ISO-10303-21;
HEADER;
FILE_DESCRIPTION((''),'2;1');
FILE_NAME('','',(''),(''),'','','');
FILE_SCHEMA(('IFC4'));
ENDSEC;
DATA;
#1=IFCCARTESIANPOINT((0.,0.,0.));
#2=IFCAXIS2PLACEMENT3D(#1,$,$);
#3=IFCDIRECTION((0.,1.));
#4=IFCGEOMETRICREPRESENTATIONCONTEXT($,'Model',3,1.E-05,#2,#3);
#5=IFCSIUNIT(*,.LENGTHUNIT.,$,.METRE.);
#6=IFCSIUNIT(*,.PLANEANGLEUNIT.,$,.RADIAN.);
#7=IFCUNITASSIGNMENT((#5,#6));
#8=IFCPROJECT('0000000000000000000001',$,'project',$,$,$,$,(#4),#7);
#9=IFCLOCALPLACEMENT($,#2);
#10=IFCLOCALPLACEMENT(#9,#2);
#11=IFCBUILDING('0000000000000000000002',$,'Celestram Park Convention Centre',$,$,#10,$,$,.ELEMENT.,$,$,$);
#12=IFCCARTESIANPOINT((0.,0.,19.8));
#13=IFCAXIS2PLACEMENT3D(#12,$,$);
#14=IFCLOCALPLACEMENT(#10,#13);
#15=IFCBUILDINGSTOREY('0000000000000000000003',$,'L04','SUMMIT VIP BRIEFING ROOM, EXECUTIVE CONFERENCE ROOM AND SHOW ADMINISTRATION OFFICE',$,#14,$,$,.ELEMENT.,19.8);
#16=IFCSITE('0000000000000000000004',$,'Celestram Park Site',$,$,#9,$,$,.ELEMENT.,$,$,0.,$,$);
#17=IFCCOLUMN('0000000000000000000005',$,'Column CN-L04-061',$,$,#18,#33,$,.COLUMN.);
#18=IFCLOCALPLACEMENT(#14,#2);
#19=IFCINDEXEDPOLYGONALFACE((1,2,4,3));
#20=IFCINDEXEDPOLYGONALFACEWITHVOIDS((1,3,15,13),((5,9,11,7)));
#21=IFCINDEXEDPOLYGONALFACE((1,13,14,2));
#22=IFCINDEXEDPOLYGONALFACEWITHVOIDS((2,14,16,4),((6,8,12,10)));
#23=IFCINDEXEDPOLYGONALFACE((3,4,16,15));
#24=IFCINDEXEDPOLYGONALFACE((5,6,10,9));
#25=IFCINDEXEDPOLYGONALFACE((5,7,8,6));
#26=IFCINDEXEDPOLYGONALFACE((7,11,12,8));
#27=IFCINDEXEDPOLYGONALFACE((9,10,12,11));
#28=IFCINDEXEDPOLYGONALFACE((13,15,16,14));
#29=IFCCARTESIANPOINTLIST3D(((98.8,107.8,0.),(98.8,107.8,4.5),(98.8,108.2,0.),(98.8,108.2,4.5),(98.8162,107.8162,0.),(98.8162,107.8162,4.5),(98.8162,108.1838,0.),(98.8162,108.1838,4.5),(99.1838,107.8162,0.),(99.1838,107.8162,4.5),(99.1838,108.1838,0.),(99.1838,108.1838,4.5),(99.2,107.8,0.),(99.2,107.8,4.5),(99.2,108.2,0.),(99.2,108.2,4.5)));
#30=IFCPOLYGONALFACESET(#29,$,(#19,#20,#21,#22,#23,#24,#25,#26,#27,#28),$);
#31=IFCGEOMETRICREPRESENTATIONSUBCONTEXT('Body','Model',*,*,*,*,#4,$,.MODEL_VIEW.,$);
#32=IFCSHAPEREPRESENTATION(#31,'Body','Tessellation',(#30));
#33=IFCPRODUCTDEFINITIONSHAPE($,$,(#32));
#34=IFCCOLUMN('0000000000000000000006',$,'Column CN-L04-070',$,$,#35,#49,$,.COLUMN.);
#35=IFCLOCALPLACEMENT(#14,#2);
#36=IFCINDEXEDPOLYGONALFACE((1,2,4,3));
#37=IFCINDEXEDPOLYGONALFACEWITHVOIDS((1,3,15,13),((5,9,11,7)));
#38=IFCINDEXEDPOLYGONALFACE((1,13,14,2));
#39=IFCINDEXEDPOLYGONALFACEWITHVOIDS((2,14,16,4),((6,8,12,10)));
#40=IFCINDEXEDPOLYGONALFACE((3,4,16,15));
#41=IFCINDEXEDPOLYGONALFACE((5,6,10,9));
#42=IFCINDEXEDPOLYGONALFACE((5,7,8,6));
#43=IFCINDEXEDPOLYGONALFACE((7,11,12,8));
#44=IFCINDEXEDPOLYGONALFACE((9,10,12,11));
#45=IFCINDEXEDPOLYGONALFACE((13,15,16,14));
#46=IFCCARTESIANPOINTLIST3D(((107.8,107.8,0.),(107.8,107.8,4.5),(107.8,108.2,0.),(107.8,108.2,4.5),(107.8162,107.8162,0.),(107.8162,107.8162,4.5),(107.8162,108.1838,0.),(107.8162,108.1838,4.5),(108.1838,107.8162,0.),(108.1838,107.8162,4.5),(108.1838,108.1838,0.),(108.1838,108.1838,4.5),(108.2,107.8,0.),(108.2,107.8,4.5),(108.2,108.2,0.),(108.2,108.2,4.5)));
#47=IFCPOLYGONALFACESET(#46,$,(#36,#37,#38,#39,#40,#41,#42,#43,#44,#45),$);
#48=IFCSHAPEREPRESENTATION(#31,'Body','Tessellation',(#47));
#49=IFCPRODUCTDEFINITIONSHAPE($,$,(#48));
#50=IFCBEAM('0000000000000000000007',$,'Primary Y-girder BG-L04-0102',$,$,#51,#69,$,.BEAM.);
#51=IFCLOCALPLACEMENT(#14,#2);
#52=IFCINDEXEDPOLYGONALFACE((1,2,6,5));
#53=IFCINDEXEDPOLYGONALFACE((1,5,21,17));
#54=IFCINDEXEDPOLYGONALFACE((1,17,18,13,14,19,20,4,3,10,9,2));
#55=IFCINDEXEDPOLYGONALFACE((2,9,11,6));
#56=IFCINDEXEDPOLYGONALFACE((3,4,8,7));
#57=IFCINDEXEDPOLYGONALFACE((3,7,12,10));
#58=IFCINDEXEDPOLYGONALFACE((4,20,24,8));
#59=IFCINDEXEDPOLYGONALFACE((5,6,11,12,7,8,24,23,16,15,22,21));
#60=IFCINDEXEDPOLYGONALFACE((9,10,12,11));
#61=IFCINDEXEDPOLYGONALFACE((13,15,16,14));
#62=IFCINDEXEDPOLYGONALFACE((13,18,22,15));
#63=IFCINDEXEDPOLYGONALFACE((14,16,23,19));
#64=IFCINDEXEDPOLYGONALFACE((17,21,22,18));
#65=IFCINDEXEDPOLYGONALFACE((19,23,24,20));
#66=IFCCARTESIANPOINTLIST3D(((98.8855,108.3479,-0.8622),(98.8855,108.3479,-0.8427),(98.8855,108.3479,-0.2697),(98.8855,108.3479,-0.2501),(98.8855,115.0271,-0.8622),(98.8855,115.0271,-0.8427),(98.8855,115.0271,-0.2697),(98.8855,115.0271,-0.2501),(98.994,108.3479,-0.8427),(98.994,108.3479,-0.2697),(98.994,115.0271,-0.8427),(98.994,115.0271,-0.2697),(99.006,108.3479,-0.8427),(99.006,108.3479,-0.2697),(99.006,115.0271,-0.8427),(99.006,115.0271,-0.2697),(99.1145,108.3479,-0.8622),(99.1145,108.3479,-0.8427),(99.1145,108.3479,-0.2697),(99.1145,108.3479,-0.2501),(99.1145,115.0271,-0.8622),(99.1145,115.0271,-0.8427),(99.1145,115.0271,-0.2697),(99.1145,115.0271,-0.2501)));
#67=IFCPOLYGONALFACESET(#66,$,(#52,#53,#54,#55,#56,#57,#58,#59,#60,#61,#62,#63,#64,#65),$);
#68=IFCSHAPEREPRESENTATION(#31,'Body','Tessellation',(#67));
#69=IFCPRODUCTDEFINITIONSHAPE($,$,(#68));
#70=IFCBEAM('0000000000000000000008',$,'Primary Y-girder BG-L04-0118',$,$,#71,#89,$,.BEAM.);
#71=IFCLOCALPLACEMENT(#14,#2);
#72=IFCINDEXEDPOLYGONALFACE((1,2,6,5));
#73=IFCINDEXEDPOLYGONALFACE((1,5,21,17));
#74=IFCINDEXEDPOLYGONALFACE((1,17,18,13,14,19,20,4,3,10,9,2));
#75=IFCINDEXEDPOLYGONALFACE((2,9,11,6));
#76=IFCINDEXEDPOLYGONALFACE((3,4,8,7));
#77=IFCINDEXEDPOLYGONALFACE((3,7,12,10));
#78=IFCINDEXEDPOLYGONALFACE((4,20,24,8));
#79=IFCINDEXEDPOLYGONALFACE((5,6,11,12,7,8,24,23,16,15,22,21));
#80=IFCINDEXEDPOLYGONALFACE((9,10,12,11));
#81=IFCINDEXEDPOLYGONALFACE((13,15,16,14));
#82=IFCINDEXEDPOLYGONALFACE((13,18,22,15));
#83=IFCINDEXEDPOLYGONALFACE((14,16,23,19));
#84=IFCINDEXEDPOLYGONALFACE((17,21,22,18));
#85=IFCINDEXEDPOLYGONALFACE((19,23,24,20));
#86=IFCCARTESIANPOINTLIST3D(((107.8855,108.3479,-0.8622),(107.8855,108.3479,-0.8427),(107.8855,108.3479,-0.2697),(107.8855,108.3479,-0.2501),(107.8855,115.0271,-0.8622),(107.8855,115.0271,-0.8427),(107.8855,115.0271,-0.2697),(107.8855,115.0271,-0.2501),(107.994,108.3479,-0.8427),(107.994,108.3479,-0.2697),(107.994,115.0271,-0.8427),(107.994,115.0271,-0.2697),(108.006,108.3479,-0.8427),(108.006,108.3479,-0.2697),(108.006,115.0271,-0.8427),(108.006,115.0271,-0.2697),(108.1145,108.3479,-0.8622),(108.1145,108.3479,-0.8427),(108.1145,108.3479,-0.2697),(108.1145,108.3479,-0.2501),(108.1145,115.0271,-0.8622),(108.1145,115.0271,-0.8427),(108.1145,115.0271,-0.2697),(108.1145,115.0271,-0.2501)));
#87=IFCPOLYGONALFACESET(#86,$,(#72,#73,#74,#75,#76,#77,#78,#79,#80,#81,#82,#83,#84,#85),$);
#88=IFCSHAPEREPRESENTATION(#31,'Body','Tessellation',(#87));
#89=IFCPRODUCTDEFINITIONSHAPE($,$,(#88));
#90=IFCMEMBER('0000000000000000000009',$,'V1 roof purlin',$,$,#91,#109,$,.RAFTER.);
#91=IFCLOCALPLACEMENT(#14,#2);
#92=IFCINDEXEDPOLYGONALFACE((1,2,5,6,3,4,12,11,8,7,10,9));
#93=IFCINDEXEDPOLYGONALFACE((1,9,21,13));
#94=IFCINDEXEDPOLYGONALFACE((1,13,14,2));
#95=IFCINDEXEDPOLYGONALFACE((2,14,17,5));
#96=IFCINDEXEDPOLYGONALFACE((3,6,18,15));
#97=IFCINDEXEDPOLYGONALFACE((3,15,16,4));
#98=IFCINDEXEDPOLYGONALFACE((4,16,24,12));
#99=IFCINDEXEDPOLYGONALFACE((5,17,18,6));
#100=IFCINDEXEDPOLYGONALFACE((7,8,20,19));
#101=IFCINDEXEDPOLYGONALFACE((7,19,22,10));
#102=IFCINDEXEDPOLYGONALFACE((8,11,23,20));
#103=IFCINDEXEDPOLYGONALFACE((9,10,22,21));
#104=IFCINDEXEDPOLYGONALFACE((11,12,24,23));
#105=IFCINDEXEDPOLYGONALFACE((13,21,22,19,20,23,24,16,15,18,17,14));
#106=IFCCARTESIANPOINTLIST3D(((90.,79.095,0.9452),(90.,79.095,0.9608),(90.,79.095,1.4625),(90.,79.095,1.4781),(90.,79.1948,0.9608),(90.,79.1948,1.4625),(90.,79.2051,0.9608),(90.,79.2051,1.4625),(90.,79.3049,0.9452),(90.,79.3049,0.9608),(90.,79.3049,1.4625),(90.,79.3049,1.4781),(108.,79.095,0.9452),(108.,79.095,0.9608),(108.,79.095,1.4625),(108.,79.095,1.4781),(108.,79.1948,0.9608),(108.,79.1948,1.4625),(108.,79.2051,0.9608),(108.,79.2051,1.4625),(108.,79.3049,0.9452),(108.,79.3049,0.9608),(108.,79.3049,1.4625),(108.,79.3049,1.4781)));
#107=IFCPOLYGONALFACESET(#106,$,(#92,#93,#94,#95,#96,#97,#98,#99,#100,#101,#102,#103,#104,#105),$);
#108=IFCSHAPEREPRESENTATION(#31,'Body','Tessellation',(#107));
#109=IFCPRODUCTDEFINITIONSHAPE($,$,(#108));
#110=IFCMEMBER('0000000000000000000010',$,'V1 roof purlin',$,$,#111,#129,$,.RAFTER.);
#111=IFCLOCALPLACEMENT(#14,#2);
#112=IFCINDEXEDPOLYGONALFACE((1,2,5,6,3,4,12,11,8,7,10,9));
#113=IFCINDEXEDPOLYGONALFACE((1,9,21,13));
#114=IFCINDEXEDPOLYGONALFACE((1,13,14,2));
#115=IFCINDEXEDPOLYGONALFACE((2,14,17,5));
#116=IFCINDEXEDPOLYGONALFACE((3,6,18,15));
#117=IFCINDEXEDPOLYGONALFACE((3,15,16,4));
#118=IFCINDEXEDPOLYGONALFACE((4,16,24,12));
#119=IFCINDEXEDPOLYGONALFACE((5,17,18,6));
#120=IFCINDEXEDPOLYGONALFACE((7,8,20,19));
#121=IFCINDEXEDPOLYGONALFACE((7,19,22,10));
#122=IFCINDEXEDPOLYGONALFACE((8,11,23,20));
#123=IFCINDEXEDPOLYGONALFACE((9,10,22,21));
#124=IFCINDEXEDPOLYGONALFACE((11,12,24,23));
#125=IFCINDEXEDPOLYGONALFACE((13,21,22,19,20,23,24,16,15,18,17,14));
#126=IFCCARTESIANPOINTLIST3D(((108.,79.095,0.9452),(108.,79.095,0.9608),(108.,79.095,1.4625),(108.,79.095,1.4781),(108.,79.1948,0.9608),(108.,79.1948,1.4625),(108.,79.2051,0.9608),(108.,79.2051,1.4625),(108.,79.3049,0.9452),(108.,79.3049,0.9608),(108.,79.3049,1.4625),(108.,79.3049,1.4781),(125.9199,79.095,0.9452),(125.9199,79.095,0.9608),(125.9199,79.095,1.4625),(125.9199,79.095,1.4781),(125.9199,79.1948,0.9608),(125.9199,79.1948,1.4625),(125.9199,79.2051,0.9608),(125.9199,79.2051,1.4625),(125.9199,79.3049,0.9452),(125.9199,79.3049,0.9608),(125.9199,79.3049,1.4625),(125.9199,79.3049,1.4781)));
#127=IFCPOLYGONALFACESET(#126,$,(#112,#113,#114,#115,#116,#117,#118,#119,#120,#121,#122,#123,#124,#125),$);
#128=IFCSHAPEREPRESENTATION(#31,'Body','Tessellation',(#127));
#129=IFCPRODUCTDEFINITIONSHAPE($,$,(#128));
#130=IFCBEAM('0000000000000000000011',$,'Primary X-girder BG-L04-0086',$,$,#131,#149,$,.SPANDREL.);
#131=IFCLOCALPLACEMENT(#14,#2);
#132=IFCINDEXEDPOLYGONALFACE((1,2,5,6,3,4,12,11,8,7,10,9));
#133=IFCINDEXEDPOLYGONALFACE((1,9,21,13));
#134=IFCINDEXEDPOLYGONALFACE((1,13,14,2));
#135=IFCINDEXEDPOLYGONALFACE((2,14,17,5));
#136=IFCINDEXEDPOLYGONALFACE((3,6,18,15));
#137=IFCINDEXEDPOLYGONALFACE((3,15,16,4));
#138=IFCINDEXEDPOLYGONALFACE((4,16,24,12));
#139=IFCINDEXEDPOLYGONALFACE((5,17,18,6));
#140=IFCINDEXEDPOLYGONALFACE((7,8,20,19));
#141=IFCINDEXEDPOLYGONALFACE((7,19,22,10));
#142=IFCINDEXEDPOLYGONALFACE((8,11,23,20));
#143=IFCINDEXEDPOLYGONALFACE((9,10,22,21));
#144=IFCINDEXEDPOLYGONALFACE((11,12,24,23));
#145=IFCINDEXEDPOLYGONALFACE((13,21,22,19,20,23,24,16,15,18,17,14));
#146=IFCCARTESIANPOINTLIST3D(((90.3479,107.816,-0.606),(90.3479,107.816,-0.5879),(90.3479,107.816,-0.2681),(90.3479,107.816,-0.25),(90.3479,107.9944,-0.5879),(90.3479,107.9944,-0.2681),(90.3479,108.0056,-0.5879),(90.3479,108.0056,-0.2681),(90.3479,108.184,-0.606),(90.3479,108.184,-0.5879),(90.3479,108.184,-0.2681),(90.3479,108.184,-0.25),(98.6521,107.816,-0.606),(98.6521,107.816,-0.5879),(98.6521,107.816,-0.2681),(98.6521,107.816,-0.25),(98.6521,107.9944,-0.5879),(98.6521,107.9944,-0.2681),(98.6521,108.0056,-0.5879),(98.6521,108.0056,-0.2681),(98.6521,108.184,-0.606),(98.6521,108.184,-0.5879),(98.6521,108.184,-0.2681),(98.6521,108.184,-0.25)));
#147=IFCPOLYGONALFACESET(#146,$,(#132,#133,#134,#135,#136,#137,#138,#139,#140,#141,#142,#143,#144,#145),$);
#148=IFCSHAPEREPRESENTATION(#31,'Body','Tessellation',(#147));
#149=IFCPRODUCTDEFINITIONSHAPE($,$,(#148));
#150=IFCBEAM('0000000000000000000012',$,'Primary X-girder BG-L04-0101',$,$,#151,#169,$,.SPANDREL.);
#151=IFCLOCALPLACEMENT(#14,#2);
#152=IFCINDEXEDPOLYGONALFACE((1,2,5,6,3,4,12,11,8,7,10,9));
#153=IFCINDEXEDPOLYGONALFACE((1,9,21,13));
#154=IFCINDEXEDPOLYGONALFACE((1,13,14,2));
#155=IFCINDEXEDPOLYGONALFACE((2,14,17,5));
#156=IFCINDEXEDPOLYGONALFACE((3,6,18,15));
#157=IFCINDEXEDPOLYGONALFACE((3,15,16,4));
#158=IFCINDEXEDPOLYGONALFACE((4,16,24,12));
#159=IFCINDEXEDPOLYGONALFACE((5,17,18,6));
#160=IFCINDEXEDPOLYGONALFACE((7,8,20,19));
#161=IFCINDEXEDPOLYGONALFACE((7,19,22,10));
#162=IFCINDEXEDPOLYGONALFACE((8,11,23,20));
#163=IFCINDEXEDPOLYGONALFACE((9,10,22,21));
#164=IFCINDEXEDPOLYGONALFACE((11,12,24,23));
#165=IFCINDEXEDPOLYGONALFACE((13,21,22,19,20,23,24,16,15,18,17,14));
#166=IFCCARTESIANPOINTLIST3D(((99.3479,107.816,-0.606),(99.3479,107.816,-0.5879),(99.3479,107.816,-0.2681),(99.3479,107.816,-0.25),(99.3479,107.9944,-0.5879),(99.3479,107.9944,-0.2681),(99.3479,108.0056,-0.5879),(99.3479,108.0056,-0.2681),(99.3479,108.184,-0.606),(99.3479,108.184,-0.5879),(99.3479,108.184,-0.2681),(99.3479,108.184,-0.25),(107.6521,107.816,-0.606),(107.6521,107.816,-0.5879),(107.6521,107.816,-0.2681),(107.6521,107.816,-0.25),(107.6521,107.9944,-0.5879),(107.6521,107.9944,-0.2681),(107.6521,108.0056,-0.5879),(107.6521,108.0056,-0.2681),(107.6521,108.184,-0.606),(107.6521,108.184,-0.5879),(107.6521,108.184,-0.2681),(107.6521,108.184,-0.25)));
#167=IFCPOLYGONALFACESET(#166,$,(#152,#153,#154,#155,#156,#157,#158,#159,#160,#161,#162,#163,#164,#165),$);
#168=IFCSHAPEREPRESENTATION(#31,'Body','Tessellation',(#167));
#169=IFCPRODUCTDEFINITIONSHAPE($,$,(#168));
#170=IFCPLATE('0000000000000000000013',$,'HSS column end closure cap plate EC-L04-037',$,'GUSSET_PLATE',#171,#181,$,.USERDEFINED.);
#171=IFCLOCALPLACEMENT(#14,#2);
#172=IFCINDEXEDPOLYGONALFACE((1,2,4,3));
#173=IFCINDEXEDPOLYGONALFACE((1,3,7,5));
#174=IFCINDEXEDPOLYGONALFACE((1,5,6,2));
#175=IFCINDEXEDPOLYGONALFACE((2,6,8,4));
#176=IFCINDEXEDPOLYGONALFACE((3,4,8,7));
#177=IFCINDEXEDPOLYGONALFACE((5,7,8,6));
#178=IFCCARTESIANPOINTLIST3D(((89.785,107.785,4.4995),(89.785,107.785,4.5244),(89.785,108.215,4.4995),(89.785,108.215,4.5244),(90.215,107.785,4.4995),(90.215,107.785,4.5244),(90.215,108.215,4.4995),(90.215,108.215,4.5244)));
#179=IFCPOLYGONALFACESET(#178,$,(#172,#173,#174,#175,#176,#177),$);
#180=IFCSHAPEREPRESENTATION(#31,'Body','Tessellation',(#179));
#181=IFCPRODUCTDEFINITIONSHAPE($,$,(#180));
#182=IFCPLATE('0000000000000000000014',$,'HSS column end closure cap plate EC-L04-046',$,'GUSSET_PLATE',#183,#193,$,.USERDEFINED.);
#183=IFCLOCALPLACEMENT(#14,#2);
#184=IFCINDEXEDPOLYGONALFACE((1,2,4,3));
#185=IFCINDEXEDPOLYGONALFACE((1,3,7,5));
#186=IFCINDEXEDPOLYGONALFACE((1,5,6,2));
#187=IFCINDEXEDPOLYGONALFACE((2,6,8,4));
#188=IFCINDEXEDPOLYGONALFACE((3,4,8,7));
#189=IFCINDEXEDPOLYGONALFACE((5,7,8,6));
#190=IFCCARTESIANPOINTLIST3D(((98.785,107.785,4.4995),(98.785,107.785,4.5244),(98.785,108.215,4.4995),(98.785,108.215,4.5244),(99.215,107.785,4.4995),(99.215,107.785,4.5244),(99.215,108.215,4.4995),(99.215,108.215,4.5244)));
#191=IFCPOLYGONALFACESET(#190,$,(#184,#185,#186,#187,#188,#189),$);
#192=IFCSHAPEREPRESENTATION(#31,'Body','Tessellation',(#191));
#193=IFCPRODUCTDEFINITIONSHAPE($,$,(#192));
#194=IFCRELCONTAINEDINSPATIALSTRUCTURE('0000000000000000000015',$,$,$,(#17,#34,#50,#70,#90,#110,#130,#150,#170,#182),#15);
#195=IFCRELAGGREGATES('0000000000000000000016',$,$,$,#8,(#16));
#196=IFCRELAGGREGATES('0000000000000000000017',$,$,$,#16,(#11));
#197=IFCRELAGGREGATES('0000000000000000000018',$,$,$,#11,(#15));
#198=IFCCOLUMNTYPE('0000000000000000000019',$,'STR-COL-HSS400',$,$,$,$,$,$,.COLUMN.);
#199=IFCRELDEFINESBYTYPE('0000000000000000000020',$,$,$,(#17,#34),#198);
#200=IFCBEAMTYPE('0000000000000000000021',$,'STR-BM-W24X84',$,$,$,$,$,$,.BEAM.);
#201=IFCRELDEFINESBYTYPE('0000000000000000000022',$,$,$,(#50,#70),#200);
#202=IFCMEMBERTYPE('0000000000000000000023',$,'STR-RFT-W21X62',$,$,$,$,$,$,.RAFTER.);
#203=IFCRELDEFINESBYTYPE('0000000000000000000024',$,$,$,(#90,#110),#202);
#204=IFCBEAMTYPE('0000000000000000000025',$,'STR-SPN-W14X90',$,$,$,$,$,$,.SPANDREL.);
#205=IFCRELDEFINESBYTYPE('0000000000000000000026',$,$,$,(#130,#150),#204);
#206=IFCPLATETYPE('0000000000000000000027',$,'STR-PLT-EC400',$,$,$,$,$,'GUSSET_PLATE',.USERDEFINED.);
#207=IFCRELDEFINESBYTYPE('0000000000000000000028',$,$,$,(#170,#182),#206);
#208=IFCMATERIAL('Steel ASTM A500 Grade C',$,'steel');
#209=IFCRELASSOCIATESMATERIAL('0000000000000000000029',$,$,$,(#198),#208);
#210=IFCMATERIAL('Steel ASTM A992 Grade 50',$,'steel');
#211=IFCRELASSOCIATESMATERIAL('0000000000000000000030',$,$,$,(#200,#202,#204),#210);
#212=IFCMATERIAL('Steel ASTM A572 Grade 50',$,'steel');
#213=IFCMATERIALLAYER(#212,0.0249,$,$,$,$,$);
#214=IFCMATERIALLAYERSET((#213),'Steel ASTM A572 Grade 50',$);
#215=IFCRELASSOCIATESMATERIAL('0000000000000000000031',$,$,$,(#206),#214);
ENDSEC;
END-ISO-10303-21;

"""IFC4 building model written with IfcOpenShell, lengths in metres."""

from ifc_helpers import new_model, si_unit, direction, frame, origin, origin_2d, place, context, subcontext, project, spatial, rectangle, hollow_rectangle, i_section, extrude, material, layer, layer_set, material_profile, profile_set, type_object, element, save


model = new_model("IFC4")

# Units and contexts
model_context = context("Model", 3, precision=1e-05, world=origin(), true_north=direction((0.0, 1.0)))
body_context = subcontext(model_context, "Body", "Model", "MODEL_VIEW")
ifc_project = project(units=[si_unit("LENGTHUNIT", "METRE"), si_unit("PLANEANGLEUNIT", "RADIAN")], contexts=[model_context])

# Site, building, storey
site_placement = place(None, origin())
site = spatial("IfcSite", under=ifc_project, at=site_placement, Name="Celestram Park Site", CompositionType="ELEMENT", RefElevation=0.0)
building_placement = place(site_placement, origin())
building = spatial("IfcBuilding", under=site, at=building_placement, Name="Celestram Park Convention Centre", CompositionType="ELEMENT")
storey_placement = place(building_placement, frame((0.0, 0.0, 19.8)))
storey = spatial("IfcBuildingStorey", under=building, at=storey_placement, Name="L04", Description="SUMMIT VIP BRIEFING ROOM, EXECUTIVE CONFERENCE ROOM AND SHOW ADMINISTRATION OFFICE", CompositionType="ELEMENT", Elevation=19.8)

# Columns
ifc_material_1 = material(Name="Steel ASTM A500 Grade C", Category="steel")
ifc_material_profile_1 = material_profile(ifc_material_1, hollow_rectangle(XDim=0.3999, YDim=0.3999, WallThickness=0.0161, at=origin_2d()), Name="HSS400X400X16")
ifc_profile_set_1 = profile_set([ifc_material_profile_1], Name="Steel ASTM A500 Grade C")
column_type = type_object("IfcColumnType", Name="STR-COL-HSS400", PredefinedType="COLUMN", material=ifc_profile_set_1)
for number, where, z_axis, x_axis, name in (
    (1, (99.0, 108.0, 0.0), (0.0, 0.0, 1.0), (1.0, 0.0, 0.0), "Column CN-L04-061"),
    (2, (108.0, 108.0, 0.0), (0.0, 0.0, 1.0), (1.0, 0.0, 0.0), "Column CN-L04-070"),
):
    element("IfcColumn", number, at=place(storey_placement, frame(where, z_axis=z_axis, x_axis=x_axis)), inside=storey, type_object=column_type, Name=name, PredefinedType="COLUMN", context=body_context, shape_type="SweptSolid", body=[
        extrude(hollow_rectangle(XDim=0.3999, YDim=0.3999, WallThickness=0.0161, at=origin_2d()), origin(), (0.0, 0.0, 1.0), 4.5),
    ])

# Beams
ifc_material_2 = material(Name="Steel ASTM A992 Grade 50", Category="steel")
ifc_material_profile_2 = material_profile(ifc_material_2, i_section(OverallWidth=0.229, OverallDepth=0.6121, WebThickness=0.012, FlangeThickness=0.0195, at=origin_2d()), Name="W24X84")
ifc_profile_set_2 = profile_set([ifc_material_profile_2], Name="Steel ASTM A992 Grade 50")
beam_type_1 = type_object("IfcBeamType", Name="STR-BM-W24X84", PredefinedType="BEAM", material=ifc_profile_set_2)
for number, where, z_axis, x_axis, name in (
    (3, (99.0, 108.3479, -0.5562), (0.0, 1.0, 0.0), (-1.0, 0.0, 0.0), "Primary Y-girder BG-L04-0102"),
    (4, (108.0, 108.3479, -0.5562), (0.0, 1.0, 0.0), (-1.0, 0.0, 0.0), "Primary Y-girder BG-L04-0118"),
):
    element("IfcBeam", number, at=place(storey_placement, frame(where, z_axis=z_axis, x_axis=x_axis)), inside=storey, type_object=beam_type_1, Name=name, PredefinedType="BEAM", context=body_context, shape_type="SweptSolid", body=[
        extrude(i_section(OverallWidth=0.229, OverallDepth=0.6121, WebThickness=0.012, FlangeThickness=0.0195, at=origin_2d()), origin(), (0.0, 0.0, 1.0), 6.6792),
    ])

# Members
ifc_material_profile_3 = material_profile(ifc_material_2, i_section(OverallWidth=0.21, OverallDepth=0.533, WebThickness=0.0103, FlangeThickness=0.0156, at=origin_2d()), Name="W21X62")
ifc_profile_set_3 = profile_set([ifc_material_profile_3], Name="Steel ASTM A992 Grade 50")
member_type = type_object("IfcMemberType", Name="STR-RFT-W21X62", PredefinedType="RAFTER", material=ifc_profile_set_3)
member_1_placement = place(storey_placement, frame((90.0, 79.2, 1.2117), z_axis=(1.0, 0.0, 0.0), x_axis=(0.0, 1.0, 0.0)))
element("IfcMember", 5, at=member_1_placement, inside=storey, type_object=member_type, Name="V1 roof purlin", PredefinedType="RAFTER", context=body_context, shape_type="SweptSolid", body=[
    extrude(i_section(OverallWidth=0.21, OverallDepth=0.533, WebThickness=0.0103, FlangeThickness=0.0156, at=origin_2d()), origin(), (0.0, 0.0, 1.0), 18.0),
])
member_2_placement = place(storey_placement, frame((108.0, 79.2, 1.2117), z_axis=(1.0, 0.0, 0.0), x_axis=(0.0, 1.0, 0.0)))
element("IfcMember", 6, at=member_2_placement, inside=storey, type_object=member_type, Name="V1 roof purlin", PredefinedType="RAFTER", context=body_context, shape_type="SweptSolid", body=[
    extrude(i_section(OverallWidth=0.21, OverallDepth=0.533, WebThickness=0.0103, FlangeThickness=0.0156, at=origin_2d()), origin(), (0.0, 0.0, 1.0), 17.9199),
])

# Beams
ifc_material_profile_4 = material_profile(ifc_material_2, i_section(OverallWidth=0.3679, OverallDepth=0.356, WebThickness=0.0112, FlangeThickness=0.0181, at=origin_2d()), Name="W14X90")
ifc_profile_set_4 = profile_set([ifc_material_profile_4], Name="Steel ASTM A992 Grade 50")
beam_type_2 = type_object("IfcBeamType", Name="STR-SPN-W14X90", PredefinedType="SPANDREL", material=ifc_profile_set_4)
for number, where, z_axis, x_axis, name in (
    (7, (90.3479, 108.0, -0.428), (1.0, 0.0, 0.0), (0.0, 1.0, 0.0), "Primary X-girder BG-L04-0086"),
    (8, (99.3479, 108.0, -0.428), (1.0, 0.0, 0.0), (0.0, 1.0, 0.0), "Primary X-girder BG-L04-0101"),
):
    element("IfcBeam", number, at=place(storey_placement, frame(where, z_axis=z_axis, x_axis=x_axis)), inside=storey, type_object=beam_type_2, Name=name, PredefinedType="SPANDREL", context=body_context, shape_type="SweptSolid", body=[
        extrude(i_section(OverallWidth=0.3679, OverallDepth=0.356, WebThickness=0.0112, FlangeThickness=0.0181, at=origin_2d()), origin(), (0.0, 0.0, 1.0), 8.3042),
    ])

# Plates
ifc_material_3 = material(Name="Steel ASTM A572 Grade 50", Category="steel")
ifc_layer_1 = layer(ifc_material_3, 0.0249)
ifc_layer_set_1 = layer_set([ifc_layer_1], Name="Steel ASTM A572 Grade 50")
plate_type_1 = type_object("IfcPlateType", Name="STR-PLT-EC400", ElementType="GUSSET_PLATE", PredefinedType="USERDEFINED", material=ifc_layer_set_1)
for number, where, z_axis, x_axis, name in (
    (9, (90.0, 108.0, 4.4995), (0.0, 0.0, 1.0), (1.0, 0.0, 0.0), "HSS column end closure cap plate EC-L04-037"),
    (10, (99.0, 108.0, 4.4995), (0.0, 0.0, 1.0), (1.0, 0.0, 0.0), "HSS column end closure cap plate EC-L04-046"),
):
    element("IfcPlate", number, at=place(storey_placement, frame(where, z_axis=z_axis, x_axis=x_axis)), inside=storey, type_object=plate_type_1, Name=name, ObjectType="GUSSET_PLATE", PredefinedType="USERDEFINED", context=body_context, shape_type="SweptSolid", body=[
        extrude(rectangle(XDim=0.4299, YDim=0.4299, at=origin_2d()), origin(), (0.0, 0.0, 1.0), 0.0249),
    ])

save(model, "model.ifc")
